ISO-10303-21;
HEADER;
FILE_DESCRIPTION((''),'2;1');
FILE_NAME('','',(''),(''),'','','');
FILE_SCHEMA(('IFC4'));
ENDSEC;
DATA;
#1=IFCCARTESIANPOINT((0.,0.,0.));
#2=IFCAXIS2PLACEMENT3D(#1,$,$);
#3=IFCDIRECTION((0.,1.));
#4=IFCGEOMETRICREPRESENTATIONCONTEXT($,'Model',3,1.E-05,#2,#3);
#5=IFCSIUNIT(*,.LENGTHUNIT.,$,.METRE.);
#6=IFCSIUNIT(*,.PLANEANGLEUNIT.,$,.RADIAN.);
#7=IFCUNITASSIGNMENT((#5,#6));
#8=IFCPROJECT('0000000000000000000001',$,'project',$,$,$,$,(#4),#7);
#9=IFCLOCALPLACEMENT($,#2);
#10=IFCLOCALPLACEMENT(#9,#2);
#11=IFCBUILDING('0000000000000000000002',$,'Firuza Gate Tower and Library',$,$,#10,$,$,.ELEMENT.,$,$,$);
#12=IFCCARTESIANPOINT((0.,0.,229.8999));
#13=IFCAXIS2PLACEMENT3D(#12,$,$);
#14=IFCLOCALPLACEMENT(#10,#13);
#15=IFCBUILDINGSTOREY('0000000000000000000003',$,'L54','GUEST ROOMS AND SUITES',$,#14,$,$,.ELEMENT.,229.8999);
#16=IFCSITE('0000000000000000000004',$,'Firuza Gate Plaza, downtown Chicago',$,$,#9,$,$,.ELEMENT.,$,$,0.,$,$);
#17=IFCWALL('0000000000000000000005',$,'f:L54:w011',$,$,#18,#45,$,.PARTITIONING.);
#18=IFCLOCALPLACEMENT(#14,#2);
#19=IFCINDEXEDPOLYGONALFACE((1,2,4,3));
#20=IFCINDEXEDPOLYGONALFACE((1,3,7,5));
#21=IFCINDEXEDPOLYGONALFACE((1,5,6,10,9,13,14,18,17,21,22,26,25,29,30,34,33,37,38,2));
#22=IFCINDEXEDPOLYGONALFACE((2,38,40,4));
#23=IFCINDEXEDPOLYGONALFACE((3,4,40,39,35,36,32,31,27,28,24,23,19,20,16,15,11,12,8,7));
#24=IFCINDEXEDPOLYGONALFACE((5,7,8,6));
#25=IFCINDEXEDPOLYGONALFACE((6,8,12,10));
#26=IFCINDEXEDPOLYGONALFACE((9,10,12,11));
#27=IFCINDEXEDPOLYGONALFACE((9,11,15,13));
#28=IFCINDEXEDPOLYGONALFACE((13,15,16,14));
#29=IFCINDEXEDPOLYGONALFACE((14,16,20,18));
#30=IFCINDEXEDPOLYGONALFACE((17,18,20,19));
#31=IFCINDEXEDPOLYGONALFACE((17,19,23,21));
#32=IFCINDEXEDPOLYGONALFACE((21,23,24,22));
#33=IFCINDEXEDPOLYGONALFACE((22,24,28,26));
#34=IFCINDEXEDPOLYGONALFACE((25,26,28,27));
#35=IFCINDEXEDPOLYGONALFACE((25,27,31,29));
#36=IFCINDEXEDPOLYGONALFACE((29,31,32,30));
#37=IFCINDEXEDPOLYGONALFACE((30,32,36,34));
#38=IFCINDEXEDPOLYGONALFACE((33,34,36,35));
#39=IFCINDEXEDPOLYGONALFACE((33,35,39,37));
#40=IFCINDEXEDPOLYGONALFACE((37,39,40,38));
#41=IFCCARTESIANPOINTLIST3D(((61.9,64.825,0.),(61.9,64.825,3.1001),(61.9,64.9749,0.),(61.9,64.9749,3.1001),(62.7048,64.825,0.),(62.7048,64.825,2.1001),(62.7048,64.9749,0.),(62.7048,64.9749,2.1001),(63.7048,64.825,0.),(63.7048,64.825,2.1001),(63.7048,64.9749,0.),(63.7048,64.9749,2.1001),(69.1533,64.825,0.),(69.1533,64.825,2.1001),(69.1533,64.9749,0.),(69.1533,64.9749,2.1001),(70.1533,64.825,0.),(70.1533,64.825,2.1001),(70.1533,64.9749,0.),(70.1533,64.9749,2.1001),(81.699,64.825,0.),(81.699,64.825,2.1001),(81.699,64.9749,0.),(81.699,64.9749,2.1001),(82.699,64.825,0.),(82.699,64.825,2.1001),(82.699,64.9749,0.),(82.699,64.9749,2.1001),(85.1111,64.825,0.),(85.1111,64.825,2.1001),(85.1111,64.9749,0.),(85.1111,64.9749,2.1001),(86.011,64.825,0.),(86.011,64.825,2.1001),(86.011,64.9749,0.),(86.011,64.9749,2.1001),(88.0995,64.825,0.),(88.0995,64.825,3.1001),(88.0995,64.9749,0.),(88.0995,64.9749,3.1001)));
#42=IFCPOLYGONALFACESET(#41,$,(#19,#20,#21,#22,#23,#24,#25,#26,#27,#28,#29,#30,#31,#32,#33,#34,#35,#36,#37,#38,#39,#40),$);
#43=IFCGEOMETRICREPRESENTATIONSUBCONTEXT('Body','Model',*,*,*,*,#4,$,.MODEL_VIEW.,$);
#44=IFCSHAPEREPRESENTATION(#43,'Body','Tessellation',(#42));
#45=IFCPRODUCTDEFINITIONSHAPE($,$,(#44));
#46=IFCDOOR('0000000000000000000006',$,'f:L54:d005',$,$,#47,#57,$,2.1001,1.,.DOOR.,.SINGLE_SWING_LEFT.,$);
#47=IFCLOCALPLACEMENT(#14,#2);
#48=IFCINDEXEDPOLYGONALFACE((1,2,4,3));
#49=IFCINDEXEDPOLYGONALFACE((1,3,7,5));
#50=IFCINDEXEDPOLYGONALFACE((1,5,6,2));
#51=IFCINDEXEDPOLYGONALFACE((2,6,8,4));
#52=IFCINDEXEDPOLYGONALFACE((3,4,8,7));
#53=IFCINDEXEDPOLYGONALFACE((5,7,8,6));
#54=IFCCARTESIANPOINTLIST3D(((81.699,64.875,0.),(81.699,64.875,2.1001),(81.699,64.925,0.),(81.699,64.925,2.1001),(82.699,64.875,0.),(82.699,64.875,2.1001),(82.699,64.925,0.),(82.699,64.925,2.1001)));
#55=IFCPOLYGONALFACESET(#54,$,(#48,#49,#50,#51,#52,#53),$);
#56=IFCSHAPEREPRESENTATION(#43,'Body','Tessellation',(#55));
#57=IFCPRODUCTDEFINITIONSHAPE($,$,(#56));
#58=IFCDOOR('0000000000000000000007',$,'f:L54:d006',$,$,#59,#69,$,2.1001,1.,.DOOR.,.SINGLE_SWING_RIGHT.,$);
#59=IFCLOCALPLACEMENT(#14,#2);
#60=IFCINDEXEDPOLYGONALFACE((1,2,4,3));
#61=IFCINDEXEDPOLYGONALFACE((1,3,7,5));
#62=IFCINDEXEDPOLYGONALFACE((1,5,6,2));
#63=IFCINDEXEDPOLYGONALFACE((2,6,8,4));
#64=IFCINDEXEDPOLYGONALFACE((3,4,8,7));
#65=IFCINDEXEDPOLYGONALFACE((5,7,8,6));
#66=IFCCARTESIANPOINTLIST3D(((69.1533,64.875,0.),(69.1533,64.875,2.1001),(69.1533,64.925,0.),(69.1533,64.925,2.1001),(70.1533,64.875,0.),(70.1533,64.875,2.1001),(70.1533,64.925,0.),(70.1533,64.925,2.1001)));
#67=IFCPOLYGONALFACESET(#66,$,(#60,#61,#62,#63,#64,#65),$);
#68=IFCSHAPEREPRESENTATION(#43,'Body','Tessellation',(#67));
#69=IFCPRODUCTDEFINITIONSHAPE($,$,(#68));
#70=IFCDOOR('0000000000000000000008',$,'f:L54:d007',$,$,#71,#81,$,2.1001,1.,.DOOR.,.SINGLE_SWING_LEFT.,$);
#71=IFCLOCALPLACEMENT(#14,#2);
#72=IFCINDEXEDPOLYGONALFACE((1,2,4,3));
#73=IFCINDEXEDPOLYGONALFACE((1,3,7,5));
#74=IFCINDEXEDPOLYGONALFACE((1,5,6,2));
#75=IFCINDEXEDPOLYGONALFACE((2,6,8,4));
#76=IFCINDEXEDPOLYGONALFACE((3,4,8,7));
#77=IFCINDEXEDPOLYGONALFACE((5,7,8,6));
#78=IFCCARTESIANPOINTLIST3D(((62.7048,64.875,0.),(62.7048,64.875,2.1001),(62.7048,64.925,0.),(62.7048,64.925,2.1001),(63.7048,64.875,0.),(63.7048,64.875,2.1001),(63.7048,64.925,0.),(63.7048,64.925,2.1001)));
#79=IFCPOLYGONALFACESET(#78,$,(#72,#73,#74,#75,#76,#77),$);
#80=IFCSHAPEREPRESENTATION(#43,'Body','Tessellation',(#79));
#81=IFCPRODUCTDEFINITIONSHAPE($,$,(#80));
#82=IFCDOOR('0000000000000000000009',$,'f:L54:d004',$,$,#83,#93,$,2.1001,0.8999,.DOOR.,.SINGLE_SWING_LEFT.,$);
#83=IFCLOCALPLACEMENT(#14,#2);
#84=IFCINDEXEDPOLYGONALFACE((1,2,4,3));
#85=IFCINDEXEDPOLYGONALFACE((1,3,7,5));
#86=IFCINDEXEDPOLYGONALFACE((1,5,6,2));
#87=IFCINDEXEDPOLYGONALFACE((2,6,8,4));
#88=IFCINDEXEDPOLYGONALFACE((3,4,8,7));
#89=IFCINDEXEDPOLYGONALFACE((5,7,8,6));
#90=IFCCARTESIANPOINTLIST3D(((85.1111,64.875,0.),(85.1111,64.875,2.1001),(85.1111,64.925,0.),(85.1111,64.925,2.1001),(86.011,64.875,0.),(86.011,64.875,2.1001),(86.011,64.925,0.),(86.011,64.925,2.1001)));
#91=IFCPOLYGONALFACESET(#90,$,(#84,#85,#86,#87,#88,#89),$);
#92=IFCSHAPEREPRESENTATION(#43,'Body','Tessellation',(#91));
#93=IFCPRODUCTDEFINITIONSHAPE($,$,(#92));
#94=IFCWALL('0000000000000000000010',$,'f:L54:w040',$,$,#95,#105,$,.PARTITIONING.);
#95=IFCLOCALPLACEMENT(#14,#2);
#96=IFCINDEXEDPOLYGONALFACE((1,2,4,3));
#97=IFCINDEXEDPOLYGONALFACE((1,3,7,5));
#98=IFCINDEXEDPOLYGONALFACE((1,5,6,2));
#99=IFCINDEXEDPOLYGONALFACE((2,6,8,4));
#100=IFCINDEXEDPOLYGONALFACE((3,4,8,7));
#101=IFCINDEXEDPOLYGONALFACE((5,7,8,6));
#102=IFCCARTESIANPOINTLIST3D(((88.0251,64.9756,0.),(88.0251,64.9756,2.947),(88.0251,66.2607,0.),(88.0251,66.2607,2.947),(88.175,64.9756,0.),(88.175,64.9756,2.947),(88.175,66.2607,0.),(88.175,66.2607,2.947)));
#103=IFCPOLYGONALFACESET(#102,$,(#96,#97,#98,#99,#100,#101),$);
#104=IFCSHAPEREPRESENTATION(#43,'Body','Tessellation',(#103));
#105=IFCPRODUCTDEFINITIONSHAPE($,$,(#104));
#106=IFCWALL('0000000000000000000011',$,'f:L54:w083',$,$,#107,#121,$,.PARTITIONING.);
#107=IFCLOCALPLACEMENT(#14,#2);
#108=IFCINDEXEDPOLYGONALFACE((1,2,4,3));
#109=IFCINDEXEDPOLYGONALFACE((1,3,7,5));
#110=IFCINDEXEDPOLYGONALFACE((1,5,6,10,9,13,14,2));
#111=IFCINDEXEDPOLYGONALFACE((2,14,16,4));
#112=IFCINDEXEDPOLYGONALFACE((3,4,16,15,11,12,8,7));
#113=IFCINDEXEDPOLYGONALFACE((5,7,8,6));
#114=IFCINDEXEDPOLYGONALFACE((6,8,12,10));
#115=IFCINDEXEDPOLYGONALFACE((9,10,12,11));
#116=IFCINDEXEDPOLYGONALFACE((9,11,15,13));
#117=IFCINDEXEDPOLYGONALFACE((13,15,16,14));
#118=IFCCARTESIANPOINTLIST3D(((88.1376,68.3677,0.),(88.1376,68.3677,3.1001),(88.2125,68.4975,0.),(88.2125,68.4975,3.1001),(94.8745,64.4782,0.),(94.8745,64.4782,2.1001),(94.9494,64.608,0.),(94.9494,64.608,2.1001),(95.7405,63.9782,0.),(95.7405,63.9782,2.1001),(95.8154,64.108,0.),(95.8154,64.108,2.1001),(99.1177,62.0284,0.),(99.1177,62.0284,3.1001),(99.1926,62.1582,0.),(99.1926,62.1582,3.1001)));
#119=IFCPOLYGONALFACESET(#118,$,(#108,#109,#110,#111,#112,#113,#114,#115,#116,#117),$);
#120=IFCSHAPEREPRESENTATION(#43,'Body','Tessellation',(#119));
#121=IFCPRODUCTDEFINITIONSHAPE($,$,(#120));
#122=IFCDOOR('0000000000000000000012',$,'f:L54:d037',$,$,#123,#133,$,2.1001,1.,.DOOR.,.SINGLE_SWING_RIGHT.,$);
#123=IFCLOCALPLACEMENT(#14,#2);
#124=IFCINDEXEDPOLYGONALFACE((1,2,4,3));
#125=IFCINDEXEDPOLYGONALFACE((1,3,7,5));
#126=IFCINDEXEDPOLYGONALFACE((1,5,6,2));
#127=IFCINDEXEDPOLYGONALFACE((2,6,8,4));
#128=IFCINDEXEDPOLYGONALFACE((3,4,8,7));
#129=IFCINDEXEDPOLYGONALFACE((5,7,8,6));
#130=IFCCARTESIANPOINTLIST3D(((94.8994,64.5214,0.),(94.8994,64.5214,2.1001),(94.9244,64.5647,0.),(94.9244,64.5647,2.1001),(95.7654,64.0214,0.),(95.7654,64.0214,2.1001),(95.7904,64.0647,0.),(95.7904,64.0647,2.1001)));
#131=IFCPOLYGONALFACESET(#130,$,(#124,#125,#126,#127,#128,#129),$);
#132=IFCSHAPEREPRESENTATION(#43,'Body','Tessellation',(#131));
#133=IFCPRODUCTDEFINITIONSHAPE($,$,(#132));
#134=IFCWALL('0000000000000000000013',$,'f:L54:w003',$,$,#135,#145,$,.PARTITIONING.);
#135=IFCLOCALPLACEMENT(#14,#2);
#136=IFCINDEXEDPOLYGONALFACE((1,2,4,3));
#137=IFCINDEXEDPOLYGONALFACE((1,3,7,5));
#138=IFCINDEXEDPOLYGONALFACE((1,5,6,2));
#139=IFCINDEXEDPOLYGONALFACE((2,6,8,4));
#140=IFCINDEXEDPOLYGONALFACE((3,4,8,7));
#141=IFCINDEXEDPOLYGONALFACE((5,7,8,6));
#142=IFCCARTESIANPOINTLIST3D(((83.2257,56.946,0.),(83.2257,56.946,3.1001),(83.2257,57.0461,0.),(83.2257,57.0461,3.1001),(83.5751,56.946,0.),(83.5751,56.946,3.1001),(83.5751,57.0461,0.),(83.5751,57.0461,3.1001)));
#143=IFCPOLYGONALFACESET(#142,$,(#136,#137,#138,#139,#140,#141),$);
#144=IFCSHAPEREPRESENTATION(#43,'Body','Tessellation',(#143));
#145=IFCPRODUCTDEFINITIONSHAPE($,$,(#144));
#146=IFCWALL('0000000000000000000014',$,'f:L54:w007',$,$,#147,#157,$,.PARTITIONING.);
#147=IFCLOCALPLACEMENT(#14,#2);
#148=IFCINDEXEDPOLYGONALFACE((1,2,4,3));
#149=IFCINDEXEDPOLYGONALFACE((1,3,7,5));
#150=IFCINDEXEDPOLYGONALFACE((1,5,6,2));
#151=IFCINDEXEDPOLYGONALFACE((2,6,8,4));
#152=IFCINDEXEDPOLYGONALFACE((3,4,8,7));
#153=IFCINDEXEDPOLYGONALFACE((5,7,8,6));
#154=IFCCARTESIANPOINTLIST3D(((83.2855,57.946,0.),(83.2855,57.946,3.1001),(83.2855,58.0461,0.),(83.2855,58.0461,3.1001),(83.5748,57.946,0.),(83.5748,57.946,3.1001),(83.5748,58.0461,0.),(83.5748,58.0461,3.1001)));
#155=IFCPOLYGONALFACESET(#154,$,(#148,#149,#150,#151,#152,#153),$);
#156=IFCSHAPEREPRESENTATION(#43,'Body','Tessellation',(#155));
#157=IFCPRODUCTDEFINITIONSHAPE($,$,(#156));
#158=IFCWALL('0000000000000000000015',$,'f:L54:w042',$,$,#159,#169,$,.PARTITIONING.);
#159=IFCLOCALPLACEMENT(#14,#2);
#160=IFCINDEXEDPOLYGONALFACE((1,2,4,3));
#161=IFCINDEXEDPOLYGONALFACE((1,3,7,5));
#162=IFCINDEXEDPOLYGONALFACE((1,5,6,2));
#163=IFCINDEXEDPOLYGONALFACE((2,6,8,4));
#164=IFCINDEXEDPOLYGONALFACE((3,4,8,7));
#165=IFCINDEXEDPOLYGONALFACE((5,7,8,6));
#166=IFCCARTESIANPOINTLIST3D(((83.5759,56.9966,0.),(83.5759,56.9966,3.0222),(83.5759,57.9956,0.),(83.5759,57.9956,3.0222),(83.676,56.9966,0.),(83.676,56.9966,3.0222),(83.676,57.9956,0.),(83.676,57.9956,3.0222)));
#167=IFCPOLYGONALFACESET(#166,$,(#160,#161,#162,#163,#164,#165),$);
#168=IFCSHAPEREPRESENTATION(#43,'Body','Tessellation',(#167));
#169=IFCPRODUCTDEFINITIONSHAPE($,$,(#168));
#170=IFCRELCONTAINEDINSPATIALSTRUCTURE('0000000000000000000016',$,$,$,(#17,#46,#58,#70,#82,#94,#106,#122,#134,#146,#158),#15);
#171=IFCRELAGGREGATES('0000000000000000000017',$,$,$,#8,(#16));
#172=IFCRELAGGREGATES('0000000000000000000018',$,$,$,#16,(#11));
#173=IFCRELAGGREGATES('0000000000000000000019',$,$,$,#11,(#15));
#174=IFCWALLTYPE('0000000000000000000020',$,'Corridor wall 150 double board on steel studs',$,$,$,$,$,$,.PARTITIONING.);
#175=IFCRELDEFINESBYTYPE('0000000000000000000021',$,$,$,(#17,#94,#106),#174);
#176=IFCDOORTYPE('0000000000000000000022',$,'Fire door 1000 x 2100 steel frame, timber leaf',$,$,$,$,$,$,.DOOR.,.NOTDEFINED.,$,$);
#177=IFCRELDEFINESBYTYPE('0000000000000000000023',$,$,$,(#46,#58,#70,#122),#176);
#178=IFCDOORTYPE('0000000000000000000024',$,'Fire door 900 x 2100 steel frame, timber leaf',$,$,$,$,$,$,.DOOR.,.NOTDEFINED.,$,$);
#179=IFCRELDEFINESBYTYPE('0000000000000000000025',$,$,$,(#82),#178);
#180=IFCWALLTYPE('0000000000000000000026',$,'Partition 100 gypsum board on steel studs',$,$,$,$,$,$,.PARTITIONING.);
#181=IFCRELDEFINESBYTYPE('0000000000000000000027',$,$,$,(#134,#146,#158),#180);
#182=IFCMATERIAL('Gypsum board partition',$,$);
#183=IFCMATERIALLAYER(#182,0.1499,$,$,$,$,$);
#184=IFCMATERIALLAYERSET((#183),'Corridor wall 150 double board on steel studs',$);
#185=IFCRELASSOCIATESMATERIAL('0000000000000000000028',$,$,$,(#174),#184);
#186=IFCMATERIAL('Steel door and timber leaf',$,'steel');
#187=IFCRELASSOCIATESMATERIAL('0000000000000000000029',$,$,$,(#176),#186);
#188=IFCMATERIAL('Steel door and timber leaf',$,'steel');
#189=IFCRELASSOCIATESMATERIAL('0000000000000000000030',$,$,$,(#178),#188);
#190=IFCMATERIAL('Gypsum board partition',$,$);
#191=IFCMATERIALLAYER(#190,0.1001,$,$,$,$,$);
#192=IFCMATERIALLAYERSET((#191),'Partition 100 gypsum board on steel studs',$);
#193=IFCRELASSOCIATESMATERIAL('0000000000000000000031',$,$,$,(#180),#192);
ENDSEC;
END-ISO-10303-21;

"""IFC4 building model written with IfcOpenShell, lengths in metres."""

from ifc_helpers import new_model, si_unit, direction, frame, frame_2d, origin, place, context, subcontext, project, spatial, rectangle, extrude, material, layer, layer_set, type_object, element, fill, save


model = new_model("IFC4")

# Units and contexts
model_context = context("Model", 3, precision=1e-05, world=origin(), true_north=direction((0.0, 1.0)))
body_context = subcontext(model_context, "Body", "Model", "MODEL_VIEW")
ifc_project = project(units=[si_unit("LENGTHUNIT", "METRE"), si_unit("PLANEANGLEUNIT", "RADIAN")], contexts=[model_context])

# Site, building, storey
site_placement = place(None, origin())
site = spatial("IfcSite", under=ifc_project, at=site_placement, Name="Firuza Gate Plaza, downtown Chicago", CompositionType="ELEMENT", RefElevation=0.0)
building_placement = place(site_placement, origin())
building = spatial("IfcBuilding", under=site, at=building_placement, Name="Firuza Gate Tower and Library", CompositionType="ELEMENT")
storey_placement = place(building_placement, frame((0.0, 0.0, 229.8999)))
storey = spatial("IfcBuildingStorey", under=building, at=storey_placement, Name="L54", Description="GUEST ROOMS AND SUITES", CompositionType="ELEMENT", Elevation=229.8999)

# Wall, openings, doors
ifc_material_1 = material(Name="Gypsum board partition")
ifc_layer_1 = layer(ifc_material_1, 0.1499)
ifc_layer_set_1 = layer_set([ifc_layer_1], Name="Corridor wall 150 double board on steel studs")
wall_type_1 = type_object("IfcWallType", Name="Corridor wall 150 double board on steel studs", PredefinedType="PARTITIONING", material=ifc_layer_set_1)
wall_1_placement = place(storey_placement, frame((88.0994, 64.8999, 0.0), z_axis=(0.0, 0.0, 1.0), x_axis=(-1.0, 0.0, 0.0)))
wall_1 = element("IfcWall", 1, at=wall_1_placement, inside=storey, type_object=wall_type_1, Name="f:L54:w011", PredefinedType="PARTITIONING", context=body_context, shape_type="SweptSolid", body=[
    extrude(rectangle(XDim=26.1995, YDim=0.1499, at=frame_2d((13.0996, 0.0))), origin(), (0.0, 0.0, 1.0), 3.1001),
])
opening_1_placement = place(wall_1_placement, frame((2.0884, 0.0, 0.0)))
opening_1 = element("IfcOpeningElement", 2, at=opening_1_placement, cuts=wall_1, PredefinedType="OPENING", context=body_context, shape_type="SweptSolid", body=[
    extrude(rectangle(XDim=0.8999, YDim=2.1001, at=frame_2d((0.45, 1.05))), frame((0.0, 0.085, 0.0), z_axis=(0.0, -1.0, 0.0), x_axis=(1.0, 0.0, 0.0)), (0.0, 0.0, 1.0), 0.1699),
])
opening_2_placement = place(wall_1_placement, frame((5.4004, 0.0, 0.0)))
opening_2 = element("IfcOpeningElement", 3, at=opening_2_placement, cuts=wall_1, PredefinedType="OPENING", context=body_context, shape_type="SweptSolid", body=[
    extrude(rectangle(XDim=1.0, YDim=2.1001, at=frame_2d((0.5, 1.05))), frame((0.0, 0.085, 0.0), z_axis=(0.0, -1.0, 0.0), x_axis=(1.0, 0.0, 0.0)), (0.0, 0.0, 1.0), 0.1699),
])
opening_3_placement = place(wall_1_placement, frame((17.946, 0.0, 0.0)))
opening_3 = element("IfcOpeningElement", 4, at=opening_3_placement, cuts=wall_1, PredefinedType="OPENING", context=body_context, shape_type="SweptSolid", body=[
    extrude(rectangle(XDim=1.0, YDim=2.1001, at=frame_2d((0.5, 1.05))), frame((0.0, 0.085, 0.0), z_axis=(0.0, -1.0, 0.0), x_axis=(1.0, 0.0, 0.0)), (0.0, 0.0, 1.0), 0.1699),
])
opening_4_placement = place(wall_1_placement, frame((24.3945, 0.0, 0.0)))
opening_4 = element("IfcOpeningElement", 5, at=opening_4_placement, cuts=wall_1, PredefinedType="OPENING", context=body_context, shape_type="SweptSolid", body=[
    extrude(rectangle(XDim=1.0, YDim=2.1001, at=frame_2d((0.5, 1.05))), frame((0.0, 0.085, 0.0), z_axis=(0.0, -1.0, 0.0), x_axis=(1.0, 0.0, 0.0)), (0.0, 0.0, 1.0), 0.1699),
])
ifc_material_2 = material(Name="Steel door and timber leaf", Category="steel")
door_type_1 = type_object("IfcDoorType", Name="Fire door 1000 x 2100 steel frame, timber leaf", OperationType="NOTDEFINED", PredefinedType="DOOR", material=ifc_material_2)
door_1_placement = place(opening_2_placement, origin())
door_1 = element("IfcDoor", 6, at=door_1_placement, inside=storey, type_object=door_type_1, Name="f:L54:d005", OperationType="SINGLE_SWING_LEFT", OverallHeight=2.1001, OverallWidth=1.0, PredefinedType="DOOR", context=body_context, shape_type="SweptSolid", body=[
    extrude(rectangle(XDim=1.0, YDim=2.1001, at=frame_2d((0.5, 1.05))), frame((0.0, 0.0249, 0.0), z_axis=(0.0, -1.0, 0.0), x_axis=(1.0, 0.0, 0.0)), (0.0, 0.0, 1.0), 0.05),
])
fill(opening_2, door_1)
door_2_placement = place(opening_3_placement, origin())
door_2 = element("IfcDoor", 7, at=door_2_placement, inside=storey, type_object=door_type_1, Name="f:L54:d006", OperationType="SINGLE_SWING_RIGHT", OverallHeight=2.1001, OverallWidth=1.0, PredefinedType="DOOR", context=body_context, shape_type="SweptSolid", body=[
    extrude(rectangle(XDim=1.0, YDim=2.1001, at=frame_2d((0.5, 1.05))), frame((0.0, 0.0249, 0.0), z_axis=(0.0, -1.0, 0.0), x_axis=(1.0, 0.0, 0.0)), (0.0, 0.0, 1.0), 0.05),
])
fill(opening_3, door_2)
door_3_placement = place(opening_4_placement, origin())
door_3 = element("IfcDoor", 8, at=door_3_placement, inside=storey, type_object=door_type_1, Name="f:L54:d007", OperationType="SINGLE_SWING_LEFT", OverallHeight=2.1001, OverallWidth=1.0, PredefinedType="DOOR", context=body_context, shape_type="SweptSolid", body=[
    extrude(rectangle(XDim=1.0, YDim=2.1001, at=frame_2d((0.5, 1.05))), frame((0.0, 0.0249, 0.0), z_axis=(0.0, -1.0, 0.0), x_axis=(1.0, 0.0, 0.0)), (0.0, 0.0, 1.0), 0.05),
])
fill(opening_4, door_3)
ifc_material_3 = material(Name="Steel door and timber leaf", Category="steel")
door_type_2 = type_object("IfcDoorType", Name="Fire door 900 x 2100 steel frame, timber leaf", OperationType="NOTDEFINED", PredefinedType="DOOR", material=ifc_material_3)
door_4_placement = place(opening_1_placement, origin())
door_4 = element("IfcDoor", 9, at=door_4_placement, inside=storey, type_object=door_type_2, Name="f:L54:d004", OperationType="SINGLE_SWING_LEFT", OverallHeight=2.1001, OverallWidth=0.8999, PredefinedType="DOOR", context=body_context, shape_type="SweptSolid", body=[
    extrude(rectangle(XDim=0.8999, YDim=2.1001, at=frame_2d((0.45, 1.05))), frame((0.0, 0.0249, 0.0), z_axis=(0.0, -1.0, 0.0), x_axis=(1.0, 0.0, 0.0)), (0.0, 0.0, 1.0), 0.05),
])
fill(opening_1, door_4)

# Wall
wall_2_placement = place(storey_placement, frame((88.1001, 64.9756, 0.0), z_axis=(0.0, 0.0, 1.0), x_axis=(0.0, 1.0, 0.0)))
element("IfcWall", 10, at=wall_2_placement, inside=storey, type_object=wall_type_1, Name="f:L54:w040", PredefinedType="PARTITIONING", context=body_context, shape_type="SweptSolid", body=[
    extrude(rectangle(XDim=1.2852, YDim=0.1499, at=frame_2d((0.6426, 0.0))), origin(), (0.0, 0.0, 1.0), 2.947),
])

# Wall, opening, door
wall_3_placement = place(storey_placement, frame((88.175, 68.4326, 0.0), z_axis=(0.0, 0.0, 1.0), x_axis=(0.866028, -0.499995, 0.0)))
wall_3 = element("IfcWall", 11, at=wall_3_placement, inside=storey, type_object=wall_type_1, Name="f:L54:w083", PredefinedType="PARTITIONING", context=body_context, shape_type="SweptSolid", body=[
    extrude(rectangle(XDim=12.6787, YDim=0.1499, at=frame_2d((6.3394, 0.0))), origin(), (0.0, 0.0, 1.0), 3.1001),
])
opening_5_placement = place(wall_3_placement, frame((7.7791, 0.0, 0.0)))
opening_5 = element("IfcOpeningElement", 12, at=opening_5_placement, cuts=wall_3, PredefinedType="OPENING", context=body_context, shape_type="SweptSolid", body=[
    extrude(rectangle(XDim=1.0, YDim=2.1001, at=frame_2d((0.5, 1.05))), frame((0.0, 0.085, 0.0), z_axis=(0.0, -1.0, 0.0), x_axis=(1.0, 0.0, 0.0)), (0.0, 0.0, 1.0), 0.1699),
])
door_5_placement = place(opening_5_placement, origin())
door_5 = element("IfcDoor", 13, at=door_5_placement, inside=storey, type_object=door_type_1, Name="f:L54:d037", OperationType="SINGLE_SWING_RIGHT", OverallHeight=2.1001, OverallWidth=1.0, PredefinedType="DOOR", context=body_context, shape_type="SweptSolid", body=[
    extrude(rectangle(XDim=1.0, YDim=2.1001, at=frame_2d((0.5, 1.05))), frame((0.0, 0.0249, 0.0), z_axis=(0.0, -1.0, 0.0), x_axis=(1.0, 0.0, 0.0)), (0.0, 0.0, 1.0), 0.05),
])
fill(opening_5, door_5)

# Walls
ifc_material_4 = material(Name="Gypsum board partition")
ifc_layer_2 = layer(ifc_material_4, 0.1001)
ifc_layer_set_2 = layer_set([ifc_layer_2], Name="Partition 100 gypsum board on steel studs")
wall_type_2 = type_object("IfcWallType", Name="Partition 100 gypsum board on steel studs", PredefinedType="PARTITIONING", material=ifc_layer_set_2)
wall_4_placement = place(storey_placement, frame((83.2256, 56.9961, 0.0), z_axis=(0.0, 0.0, 1.0), x_axis=(1.0, 0.0, 0.0)))
element("IfcWall", 14, at=wall_4_placement, inside=storey, type_object=wall_type_2, Name="f:L54:w003", PredefinedType="PARTITIONING", context=body_context, shape_type="SweptSolid", body=[
    extrude(rectangle(XDim=0.3494, YDim=0.1001, at=frame_2d((0.1748, 0.0))), origin(), (0.0, 0.0, 1.0), 3.1001),
])
wall_5_placement = place(storey_placement, frame((83.2856, 57.9961, 0.0), z_axis=(0.0, 0.0, 1.0), x_axis=(1.0, 0.0, 0.0)))
element("IfcWall", 15, at=wall_5_placement, inside=storey, type_object=wall_type_2, Name="f:L54:w007", PredefinedType="PARTITIONING", context=body_context, shape_type="SweptSolid", body=[
    extrude(rectangle(XDim=0.2893, YDim=0.1001, at=frame_2d((0.1445, 0.0))), origin(), (0.0, 0.0, 1.0), 3.1001),
])
wall_6_placement = place(storey_placement, frame((83.626, 56.9966, 0.0), z_axis=(0.0, 0.0, 1.0), x_axis=(0.0, 1.0, 0.0)))
element("IfcWall", 16, at=wall_6_placement, inside=storey, type_object=wall_type_2, Name="f:L54:w042", PredefinedType="PARTITIONING", context=body_context, shape_type="SweptSolid", body=[
    extrude(rectangle(XDim=0.999, YDim=0.1001, at=frame_2d((0.4995, 0.0))), origin(), (0.0, 0.0, 1.0), 3.0222),
])

save(model, "model.ifc")
